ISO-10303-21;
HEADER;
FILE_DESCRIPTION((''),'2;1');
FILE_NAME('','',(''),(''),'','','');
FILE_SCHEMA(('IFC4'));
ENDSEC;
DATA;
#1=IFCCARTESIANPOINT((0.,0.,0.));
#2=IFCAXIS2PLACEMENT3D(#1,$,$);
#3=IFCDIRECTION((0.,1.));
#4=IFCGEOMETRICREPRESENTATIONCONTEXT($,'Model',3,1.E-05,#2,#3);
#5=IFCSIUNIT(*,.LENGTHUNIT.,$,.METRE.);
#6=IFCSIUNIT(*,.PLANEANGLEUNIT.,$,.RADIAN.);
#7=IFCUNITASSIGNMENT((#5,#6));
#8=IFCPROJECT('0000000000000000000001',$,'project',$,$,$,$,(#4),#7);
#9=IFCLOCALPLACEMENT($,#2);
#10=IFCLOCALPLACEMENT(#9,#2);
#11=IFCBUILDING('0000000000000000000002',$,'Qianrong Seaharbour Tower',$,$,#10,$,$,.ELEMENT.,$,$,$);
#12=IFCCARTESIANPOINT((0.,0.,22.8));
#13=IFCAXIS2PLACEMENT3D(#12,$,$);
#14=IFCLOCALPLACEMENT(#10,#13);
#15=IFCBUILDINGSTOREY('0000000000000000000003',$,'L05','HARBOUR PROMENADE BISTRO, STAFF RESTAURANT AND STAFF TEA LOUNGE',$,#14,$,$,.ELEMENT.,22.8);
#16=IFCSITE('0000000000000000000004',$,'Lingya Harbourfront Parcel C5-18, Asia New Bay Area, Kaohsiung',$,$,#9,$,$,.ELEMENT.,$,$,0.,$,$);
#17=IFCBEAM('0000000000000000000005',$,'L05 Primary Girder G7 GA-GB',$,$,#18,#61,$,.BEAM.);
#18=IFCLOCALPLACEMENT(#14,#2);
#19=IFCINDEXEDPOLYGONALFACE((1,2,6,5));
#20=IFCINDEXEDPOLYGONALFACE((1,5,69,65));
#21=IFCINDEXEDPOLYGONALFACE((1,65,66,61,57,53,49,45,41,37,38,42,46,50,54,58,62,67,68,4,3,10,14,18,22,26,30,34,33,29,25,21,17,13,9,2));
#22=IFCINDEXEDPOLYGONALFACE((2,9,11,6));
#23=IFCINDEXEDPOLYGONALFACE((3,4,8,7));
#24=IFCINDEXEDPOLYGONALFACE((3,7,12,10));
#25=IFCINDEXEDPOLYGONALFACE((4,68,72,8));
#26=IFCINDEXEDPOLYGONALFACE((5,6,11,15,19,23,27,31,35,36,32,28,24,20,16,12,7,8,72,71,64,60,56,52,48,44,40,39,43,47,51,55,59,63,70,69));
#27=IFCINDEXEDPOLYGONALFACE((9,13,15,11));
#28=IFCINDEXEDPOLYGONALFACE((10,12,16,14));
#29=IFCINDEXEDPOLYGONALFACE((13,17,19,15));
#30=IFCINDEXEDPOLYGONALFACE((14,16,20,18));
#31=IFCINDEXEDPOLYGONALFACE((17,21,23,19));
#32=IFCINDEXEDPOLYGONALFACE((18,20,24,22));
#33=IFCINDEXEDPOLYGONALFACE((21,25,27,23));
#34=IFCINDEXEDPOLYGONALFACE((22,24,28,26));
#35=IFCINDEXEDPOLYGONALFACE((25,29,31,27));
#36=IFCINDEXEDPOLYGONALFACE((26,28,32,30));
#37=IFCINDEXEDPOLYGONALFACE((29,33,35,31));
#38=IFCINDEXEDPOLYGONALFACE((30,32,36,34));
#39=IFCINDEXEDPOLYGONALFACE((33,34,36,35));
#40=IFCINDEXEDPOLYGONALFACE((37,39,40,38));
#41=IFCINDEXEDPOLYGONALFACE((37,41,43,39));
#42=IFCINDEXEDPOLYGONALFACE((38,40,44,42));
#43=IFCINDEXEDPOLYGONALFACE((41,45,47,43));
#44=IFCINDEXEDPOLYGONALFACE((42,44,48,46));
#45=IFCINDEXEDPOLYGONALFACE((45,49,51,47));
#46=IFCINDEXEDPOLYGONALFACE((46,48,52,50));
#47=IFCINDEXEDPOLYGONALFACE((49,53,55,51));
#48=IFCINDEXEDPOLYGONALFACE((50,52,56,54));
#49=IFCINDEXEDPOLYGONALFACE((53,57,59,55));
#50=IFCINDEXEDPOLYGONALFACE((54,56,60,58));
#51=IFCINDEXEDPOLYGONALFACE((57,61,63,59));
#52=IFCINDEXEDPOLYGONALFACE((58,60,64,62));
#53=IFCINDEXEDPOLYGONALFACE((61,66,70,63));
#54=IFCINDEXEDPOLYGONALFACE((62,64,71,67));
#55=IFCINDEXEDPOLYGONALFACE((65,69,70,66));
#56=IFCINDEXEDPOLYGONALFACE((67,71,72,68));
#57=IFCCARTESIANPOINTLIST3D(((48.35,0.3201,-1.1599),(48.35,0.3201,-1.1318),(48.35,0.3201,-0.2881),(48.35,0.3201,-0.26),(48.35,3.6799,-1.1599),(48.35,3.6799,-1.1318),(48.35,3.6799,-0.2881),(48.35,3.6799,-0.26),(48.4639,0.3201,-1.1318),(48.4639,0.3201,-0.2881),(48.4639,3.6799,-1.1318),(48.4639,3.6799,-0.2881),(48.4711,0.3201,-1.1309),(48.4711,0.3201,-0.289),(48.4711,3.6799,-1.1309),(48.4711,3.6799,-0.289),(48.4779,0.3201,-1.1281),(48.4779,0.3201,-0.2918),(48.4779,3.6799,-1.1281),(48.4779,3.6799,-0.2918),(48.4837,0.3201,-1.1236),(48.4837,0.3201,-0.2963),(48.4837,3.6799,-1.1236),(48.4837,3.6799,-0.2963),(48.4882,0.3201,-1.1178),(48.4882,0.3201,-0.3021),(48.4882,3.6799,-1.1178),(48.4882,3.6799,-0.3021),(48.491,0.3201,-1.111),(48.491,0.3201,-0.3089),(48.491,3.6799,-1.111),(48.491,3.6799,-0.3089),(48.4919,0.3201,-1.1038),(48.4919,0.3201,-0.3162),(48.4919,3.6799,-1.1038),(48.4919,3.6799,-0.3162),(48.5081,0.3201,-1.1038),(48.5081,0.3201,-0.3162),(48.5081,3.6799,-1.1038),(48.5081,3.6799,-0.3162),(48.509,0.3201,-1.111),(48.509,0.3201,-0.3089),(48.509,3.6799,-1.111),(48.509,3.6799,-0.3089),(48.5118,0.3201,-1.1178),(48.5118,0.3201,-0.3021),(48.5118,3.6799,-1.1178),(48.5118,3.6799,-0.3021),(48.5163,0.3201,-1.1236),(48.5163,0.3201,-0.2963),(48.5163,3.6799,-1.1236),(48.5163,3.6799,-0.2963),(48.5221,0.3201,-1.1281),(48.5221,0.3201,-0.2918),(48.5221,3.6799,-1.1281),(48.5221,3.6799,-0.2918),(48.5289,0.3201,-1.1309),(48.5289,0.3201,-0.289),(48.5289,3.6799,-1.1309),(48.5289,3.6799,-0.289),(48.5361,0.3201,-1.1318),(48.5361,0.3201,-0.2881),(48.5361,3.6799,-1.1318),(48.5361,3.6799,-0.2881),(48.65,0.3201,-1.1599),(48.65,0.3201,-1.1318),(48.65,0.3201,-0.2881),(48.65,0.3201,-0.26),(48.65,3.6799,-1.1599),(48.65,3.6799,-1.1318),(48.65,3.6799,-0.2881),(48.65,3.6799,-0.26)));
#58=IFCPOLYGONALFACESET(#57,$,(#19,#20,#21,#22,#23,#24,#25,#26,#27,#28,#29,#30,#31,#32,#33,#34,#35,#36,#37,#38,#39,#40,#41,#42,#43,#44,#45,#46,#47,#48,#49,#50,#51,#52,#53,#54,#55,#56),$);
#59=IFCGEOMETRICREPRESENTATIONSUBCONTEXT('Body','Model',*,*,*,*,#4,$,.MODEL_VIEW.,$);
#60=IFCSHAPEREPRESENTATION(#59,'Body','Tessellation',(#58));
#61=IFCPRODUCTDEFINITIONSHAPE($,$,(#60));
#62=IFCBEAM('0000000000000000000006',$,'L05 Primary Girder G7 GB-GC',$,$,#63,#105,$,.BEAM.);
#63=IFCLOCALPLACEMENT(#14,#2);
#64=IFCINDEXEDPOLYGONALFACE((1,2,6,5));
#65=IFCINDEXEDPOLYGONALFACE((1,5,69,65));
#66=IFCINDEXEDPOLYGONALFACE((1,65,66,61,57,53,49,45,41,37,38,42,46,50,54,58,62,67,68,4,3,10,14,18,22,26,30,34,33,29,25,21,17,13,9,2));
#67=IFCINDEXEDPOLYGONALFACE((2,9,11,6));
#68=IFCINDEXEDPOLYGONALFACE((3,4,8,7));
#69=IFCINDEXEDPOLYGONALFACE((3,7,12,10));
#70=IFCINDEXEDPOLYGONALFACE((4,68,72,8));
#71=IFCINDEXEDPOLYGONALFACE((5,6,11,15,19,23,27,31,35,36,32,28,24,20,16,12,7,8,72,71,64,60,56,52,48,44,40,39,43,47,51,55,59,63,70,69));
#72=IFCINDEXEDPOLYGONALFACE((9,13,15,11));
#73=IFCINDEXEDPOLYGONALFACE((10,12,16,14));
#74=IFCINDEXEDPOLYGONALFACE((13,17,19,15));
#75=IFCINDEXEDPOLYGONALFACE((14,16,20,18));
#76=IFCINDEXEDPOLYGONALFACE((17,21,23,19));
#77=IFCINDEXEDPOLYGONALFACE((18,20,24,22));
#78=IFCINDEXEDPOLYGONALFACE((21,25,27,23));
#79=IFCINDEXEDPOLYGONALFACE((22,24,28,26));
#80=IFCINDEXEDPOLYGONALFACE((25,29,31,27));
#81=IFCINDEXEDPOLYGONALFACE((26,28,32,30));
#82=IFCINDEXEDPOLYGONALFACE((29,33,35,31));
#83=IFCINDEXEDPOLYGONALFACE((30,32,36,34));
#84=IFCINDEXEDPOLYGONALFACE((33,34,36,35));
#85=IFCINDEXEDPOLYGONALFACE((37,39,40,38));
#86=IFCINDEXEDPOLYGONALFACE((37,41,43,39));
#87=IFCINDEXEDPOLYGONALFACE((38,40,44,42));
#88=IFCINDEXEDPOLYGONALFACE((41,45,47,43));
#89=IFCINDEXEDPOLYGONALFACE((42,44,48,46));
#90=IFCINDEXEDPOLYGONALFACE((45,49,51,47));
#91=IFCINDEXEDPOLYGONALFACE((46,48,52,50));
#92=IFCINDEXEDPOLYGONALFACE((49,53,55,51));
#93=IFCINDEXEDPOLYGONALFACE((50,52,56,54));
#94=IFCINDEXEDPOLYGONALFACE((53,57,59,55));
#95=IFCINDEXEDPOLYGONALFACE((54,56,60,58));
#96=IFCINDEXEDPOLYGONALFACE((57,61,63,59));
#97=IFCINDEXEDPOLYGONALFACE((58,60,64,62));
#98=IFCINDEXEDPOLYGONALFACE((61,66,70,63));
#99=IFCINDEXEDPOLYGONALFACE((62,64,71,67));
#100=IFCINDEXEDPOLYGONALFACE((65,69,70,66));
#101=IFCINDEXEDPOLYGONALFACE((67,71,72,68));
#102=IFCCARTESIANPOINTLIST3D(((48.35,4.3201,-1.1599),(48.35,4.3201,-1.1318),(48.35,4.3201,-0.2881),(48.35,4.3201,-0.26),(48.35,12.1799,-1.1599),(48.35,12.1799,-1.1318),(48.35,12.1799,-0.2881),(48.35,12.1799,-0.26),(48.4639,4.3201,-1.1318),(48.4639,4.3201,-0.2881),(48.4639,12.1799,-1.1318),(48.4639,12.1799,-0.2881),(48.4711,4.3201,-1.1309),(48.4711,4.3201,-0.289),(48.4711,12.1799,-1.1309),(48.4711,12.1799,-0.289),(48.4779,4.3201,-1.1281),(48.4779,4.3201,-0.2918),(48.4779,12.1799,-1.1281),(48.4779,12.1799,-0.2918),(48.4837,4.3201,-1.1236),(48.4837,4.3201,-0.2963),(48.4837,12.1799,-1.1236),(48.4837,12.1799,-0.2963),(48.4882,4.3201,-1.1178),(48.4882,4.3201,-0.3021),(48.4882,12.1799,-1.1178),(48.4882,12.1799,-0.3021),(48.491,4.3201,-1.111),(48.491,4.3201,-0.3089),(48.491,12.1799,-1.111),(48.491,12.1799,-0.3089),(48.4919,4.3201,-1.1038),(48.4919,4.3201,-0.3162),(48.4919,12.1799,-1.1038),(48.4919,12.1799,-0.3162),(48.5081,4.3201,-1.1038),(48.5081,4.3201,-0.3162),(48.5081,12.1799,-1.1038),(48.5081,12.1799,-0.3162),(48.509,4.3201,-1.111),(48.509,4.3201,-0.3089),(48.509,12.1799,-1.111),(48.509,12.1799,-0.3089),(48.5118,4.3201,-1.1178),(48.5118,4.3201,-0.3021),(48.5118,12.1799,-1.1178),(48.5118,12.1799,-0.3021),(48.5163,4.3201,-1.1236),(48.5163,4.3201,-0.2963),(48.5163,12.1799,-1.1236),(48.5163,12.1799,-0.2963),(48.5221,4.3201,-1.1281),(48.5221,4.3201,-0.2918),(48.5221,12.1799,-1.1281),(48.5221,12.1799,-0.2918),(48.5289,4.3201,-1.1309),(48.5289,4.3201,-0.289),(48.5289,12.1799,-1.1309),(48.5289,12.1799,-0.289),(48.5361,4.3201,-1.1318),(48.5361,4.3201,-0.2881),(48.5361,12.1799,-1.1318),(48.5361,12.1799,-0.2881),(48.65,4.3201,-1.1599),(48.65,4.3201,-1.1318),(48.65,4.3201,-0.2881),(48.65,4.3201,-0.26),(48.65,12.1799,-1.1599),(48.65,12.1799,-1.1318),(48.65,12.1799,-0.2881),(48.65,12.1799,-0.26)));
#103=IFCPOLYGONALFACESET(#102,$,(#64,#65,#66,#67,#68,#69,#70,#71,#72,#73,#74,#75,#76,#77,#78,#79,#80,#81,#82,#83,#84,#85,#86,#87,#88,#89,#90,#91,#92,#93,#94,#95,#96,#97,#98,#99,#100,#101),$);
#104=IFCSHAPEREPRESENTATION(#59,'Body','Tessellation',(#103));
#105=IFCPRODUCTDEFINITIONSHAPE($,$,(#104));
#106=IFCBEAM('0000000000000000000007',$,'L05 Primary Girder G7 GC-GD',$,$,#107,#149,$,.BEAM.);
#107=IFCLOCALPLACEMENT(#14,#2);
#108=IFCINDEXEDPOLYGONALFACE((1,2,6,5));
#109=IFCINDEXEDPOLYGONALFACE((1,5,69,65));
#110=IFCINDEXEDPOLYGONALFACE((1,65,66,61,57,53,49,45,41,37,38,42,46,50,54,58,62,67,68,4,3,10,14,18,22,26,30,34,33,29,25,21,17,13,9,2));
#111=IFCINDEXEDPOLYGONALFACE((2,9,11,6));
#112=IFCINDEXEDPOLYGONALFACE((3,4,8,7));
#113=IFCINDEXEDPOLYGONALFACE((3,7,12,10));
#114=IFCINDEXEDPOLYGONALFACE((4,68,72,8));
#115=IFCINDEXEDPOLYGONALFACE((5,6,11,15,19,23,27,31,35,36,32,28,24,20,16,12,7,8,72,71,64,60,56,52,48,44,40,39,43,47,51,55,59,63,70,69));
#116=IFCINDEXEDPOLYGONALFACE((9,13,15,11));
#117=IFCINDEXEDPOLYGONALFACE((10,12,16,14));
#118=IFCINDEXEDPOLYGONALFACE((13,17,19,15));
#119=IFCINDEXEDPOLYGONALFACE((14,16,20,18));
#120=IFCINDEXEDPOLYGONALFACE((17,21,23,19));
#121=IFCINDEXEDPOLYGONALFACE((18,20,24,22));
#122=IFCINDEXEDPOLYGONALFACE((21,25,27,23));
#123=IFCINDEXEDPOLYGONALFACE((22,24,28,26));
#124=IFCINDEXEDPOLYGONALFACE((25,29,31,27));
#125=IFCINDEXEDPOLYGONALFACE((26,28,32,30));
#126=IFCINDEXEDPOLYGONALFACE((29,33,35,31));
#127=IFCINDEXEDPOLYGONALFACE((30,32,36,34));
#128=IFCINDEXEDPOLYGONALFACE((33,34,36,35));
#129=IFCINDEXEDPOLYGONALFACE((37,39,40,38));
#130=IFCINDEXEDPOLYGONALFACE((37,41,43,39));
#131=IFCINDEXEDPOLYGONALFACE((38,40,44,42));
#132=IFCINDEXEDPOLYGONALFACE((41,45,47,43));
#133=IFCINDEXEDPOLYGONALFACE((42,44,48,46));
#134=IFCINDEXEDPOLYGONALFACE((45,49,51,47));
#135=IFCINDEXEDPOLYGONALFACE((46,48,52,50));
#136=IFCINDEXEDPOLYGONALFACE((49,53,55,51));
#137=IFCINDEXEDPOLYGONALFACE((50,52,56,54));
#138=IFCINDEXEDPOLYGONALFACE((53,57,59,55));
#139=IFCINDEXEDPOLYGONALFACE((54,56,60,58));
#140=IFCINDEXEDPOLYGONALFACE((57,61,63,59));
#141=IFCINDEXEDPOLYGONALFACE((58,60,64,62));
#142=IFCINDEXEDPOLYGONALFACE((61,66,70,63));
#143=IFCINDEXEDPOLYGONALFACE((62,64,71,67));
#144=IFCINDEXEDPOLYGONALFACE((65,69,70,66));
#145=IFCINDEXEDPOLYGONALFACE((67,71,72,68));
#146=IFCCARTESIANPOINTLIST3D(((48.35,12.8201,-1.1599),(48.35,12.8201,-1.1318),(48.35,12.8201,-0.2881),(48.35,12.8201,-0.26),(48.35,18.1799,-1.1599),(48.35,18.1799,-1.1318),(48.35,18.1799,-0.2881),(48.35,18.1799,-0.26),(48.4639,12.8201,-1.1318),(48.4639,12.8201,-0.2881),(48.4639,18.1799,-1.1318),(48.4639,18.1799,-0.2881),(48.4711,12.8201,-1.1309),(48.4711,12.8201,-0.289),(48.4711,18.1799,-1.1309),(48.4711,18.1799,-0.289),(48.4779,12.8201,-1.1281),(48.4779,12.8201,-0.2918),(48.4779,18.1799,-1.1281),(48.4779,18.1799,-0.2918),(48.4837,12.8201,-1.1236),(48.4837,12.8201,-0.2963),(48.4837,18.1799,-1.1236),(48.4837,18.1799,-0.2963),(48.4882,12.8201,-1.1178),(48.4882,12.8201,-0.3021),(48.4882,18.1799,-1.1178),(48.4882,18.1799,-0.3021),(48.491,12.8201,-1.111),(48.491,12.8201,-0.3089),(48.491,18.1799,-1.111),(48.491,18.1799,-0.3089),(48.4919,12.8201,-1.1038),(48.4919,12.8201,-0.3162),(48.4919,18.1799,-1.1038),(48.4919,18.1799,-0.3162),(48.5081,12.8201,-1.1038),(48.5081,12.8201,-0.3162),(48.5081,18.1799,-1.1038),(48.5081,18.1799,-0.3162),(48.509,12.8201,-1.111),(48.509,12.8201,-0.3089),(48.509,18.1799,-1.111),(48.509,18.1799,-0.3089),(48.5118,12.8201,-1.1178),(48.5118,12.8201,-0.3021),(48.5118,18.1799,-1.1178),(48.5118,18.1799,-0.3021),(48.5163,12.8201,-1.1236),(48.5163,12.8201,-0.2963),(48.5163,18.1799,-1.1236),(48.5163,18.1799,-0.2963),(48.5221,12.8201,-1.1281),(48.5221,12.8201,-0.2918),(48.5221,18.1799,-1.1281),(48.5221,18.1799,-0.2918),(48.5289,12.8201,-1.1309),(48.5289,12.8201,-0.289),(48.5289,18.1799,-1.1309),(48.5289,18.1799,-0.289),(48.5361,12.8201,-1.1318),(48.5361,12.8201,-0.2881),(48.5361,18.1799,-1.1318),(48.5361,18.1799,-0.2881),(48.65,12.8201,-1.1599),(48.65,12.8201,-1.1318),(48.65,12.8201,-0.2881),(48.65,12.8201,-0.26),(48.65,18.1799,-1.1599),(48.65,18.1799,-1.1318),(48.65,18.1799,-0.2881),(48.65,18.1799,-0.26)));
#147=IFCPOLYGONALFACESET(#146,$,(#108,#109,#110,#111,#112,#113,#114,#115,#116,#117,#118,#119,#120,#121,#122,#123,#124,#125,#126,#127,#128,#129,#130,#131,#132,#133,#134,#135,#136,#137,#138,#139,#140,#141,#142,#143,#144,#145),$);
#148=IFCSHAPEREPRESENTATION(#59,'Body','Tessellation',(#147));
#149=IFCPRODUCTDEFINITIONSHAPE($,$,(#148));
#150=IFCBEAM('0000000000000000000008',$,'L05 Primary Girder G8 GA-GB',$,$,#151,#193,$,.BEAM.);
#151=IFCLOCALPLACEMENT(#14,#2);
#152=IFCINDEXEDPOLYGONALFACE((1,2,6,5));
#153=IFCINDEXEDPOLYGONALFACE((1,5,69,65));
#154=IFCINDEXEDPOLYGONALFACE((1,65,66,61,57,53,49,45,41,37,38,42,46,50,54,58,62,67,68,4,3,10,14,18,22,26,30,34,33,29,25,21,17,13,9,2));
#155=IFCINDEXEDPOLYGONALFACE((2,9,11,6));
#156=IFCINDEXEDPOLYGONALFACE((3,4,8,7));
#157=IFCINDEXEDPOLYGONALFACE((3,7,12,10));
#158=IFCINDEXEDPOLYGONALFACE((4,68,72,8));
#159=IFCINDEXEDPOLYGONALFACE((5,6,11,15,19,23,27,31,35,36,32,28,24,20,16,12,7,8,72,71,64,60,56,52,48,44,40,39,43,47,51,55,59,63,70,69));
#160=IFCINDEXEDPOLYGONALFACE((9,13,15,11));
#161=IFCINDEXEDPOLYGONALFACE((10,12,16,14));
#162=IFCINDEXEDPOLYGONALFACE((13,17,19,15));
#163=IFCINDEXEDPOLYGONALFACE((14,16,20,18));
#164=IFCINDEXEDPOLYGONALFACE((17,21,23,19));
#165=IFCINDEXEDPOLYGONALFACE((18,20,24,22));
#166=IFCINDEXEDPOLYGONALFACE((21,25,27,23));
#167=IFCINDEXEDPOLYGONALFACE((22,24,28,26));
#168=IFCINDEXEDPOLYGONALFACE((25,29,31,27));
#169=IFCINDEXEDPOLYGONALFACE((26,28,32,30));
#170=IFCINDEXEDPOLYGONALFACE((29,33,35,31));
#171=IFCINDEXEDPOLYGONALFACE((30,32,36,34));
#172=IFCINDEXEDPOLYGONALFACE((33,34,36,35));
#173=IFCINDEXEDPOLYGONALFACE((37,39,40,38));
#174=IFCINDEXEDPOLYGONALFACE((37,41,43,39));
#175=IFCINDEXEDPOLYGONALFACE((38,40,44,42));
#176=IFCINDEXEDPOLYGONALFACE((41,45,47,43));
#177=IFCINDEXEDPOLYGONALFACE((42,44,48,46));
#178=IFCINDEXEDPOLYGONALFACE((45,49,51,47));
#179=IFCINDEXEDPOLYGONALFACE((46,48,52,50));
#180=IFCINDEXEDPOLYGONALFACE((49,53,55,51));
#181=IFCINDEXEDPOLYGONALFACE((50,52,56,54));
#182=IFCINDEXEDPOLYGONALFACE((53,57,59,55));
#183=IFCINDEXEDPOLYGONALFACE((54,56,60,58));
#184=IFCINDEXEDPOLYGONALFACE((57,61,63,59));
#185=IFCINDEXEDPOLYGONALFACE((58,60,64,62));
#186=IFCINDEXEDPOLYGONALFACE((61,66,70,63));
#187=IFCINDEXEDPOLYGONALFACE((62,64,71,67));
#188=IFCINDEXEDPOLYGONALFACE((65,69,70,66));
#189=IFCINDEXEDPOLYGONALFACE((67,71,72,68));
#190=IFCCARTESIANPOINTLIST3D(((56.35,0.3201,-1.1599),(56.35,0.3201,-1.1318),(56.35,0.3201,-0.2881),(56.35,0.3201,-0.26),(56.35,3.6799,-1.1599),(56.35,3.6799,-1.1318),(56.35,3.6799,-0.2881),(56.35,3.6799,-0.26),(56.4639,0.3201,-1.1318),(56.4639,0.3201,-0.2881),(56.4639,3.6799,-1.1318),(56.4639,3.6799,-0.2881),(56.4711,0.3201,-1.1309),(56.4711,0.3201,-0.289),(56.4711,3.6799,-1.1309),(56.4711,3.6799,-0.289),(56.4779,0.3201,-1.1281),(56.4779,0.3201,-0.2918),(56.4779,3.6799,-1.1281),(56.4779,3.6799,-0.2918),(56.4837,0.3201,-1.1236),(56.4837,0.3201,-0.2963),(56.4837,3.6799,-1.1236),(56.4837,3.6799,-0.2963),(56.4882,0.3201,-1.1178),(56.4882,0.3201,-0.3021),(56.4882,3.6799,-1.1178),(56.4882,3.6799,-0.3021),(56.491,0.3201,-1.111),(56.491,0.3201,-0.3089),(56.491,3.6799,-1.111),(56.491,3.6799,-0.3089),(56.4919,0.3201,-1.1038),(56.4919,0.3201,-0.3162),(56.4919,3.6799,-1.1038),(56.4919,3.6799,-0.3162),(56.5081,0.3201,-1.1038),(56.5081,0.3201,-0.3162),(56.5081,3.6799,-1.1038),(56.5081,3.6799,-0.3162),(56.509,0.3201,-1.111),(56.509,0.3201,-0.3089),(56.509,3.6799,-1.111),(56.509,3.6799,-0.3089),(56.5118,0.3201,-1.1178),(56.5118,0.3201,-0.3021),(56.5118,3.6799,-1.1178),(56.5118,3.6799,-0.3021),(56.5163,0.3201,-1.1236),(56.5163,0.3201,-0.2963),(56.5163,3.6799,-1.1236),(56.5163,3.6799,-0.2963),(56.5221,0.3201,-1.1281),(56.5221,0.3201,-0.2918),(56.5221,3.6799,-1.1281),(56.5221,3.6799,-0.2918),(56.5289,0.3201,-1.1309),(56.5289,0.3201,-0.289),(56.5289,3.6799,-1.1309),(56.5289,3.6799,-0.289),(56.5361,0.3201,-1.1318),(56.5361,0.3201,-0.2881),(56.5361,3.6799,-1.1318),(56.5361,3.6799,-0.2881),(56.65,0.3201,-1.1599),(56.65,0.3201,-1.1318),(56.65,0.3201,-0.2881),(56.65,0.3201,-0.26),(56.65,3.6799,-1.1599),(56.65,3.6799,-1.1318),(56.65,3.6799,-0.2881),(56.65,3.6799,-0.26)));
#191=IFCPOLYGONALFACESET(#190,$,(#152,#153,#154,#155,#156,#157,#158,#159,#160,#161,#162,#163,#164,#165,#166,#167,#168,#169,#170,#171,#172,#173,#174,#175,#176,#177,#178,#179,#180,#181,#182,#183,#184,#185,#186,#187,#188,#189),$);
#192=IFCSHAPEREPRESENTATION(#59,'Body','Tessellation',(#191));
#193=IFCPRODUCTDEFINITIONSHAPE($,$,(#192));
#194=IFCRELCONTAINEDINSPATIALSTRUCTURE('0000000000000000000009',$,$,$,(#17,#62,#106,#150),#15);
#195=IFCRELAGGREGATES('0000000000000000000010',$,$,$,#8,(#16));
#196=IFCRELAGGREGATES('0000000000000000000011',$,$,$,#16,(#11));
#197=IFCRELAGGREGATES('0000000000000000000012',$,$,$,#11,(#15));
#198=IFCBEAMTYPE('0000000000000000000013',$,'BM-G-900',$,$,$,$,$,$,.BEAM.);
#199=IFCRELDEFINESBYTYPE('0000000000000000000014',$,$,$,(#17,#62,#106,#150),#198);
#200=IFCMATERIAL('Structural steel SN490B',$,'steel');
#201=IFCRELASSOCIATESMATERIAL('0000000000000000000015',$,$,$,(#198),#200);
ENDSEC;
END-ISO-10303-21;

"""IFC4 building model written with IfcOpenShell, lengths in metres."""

from ifc_helpers import new_model, si_unit, direction, frame, origin, origin_2d, place, context, subcontext, project, spatial, i_section, extrude, material, material_profile, profile_set, type_object, element, save


model = new_model("IFC4")

# Units and contexts
model_context = context("Model", 3, precision=1e-05, world=origin(), true_north=direction((0.0, 1.0)))
body_context = subcontext(model_context, "Body", "Model", "MODEL_VIEW")
ifc_project = project(units=[si_unit("LENGTHUNIT", "METRE"), si_unit("PLANEANGLEUNIT", "RADIAN")], contexts=[model_context])

# Site, building, storey
site_placement = place(None, origin())
site = spatial("IfcSite", under=ifc_project, at=site_placement, Name="Lingya Harbourfront Parcel C5-18, Asia New Bay Area, Kaohsiung", CompositionType="ELEMENT", RefElevation=0.0)
building_placement = place(site_placement, origin())
building = spatial("IfcBuilding", under=site, at=building_placement, Name="Qianrong Seaharbour Tower", CompositionType="ELEMENT")
storey_placement = place(building_placement, frame((0.0, 0.0, 22.8)))
storey = spatial("IfcBuildingStorey", under=building, at=storey_placement, Name="L05", Description="HARBOUR PROMENADE BISTRO, STAFF RESTAURANT AND STAFF TEA LOUNGE", CompositionType="ELEMENT", Elevation=22.8)

# Beams
ifc_material_1 = material(Name="Structural steel SN490B", Category="steel")
ifc_material_profile_1 = material_profile(ifc_material_1, i_section(OverallWidth=0.3, OverallDepth=0.8999, WebThickness=0.0161, FlangeThickness=0.0281, FilletRadius=0.0281, at=origin_2d()), Name="H900x300x16x28")
ifc_profile_set_1 = profile_set([ifc_material_profile_1], Name="Structural steel SN490B")
beam_type_1 = type_object("IfcBeamType", Name="BM-G-900", PredefinedType="BEAM", material=ifc_profile_set_1)
beam_1_placement = place(storey_placement, frame((48.5, 0.3201, -0.71), z_axis=(0.0, 1.0, 0.0), x_axis=(-1.0, 0.0, 0.0)))
element("IfcBeam", 1, at=beam_1_placement, inside=storey, type_object=beam_type_1, Name="L05 Primary Girder G7 GA-GB", PredefinedType="BEAM", context=body_context, shape_type="SweptSolid", body=[
    extrude(i_section(OverallWidth=0.3, OverallDepth=0.8999, WebThickness=0.0161, FlangeThickness=0.0281, FilletRadius=0.0281, at=origin_2d()), origin(), (0.0, 0.0, 1.0), 3.3599),
])
beam_2_placement = place(storey_placement, frame((48.5, 4.3201, -0.71), z_axis=(0.0, 1.0, 0.0), x_axis=(-1.0, 0.0, 0.0)))
element("IfcBeam", 2, at=beam_2_placement, inside=storey, type_object=beam_type_1, Name="L05 Primary Girder G7 GB-GC", PredefinedType="BEAM", context=body_context, shape_type="SweptSolid", body=[
    extrude(i_section(OverallWidth=0.3, OverallDepth=0.8999, WebThickness=0.0161, FlangeThickness=0.0281, FilletRadius=0.0281, at=origin_2d()), origin(), (0.0, 0.0, 1.0), 7.8599),
])
beam_3_placement = place(storey_placement, frame((48.5, 12.8201, -0.71), z_axis=(0.0, 1.0, 0.0), x_axis=(-1.0, 0.0, 0.0)))
element("IfcBeam", 3, at=beam_3_placement, inside=storey, type_object=beam_type_1, Name="L05 Primary Girder G7 GC-GD", PredefinedType="BEAM", context=body_context, shape_type="SweptSolid", body=[
    extrude(i_section(OverallWidth=0.3, OverallDepth=0.8999, WebThickness=0.0161, FlangeThickness=0.0281, FilletRadius=0.0281, at=origin_2d()), origin(), (0.0, 0.0, 1.0), 5.3599),
])
beam_4_placement = place(storey_placement, frame((56.5, 0.3201, -0.71), z_axis=(0.0, 1.0, 0.0), x_axis=(-1.0, 0.0, 0.0)))
element("IfcBeam", 4, at=beam_4_placement, inside=storey, type_object=beam_type_1, Name="L05 Primary Girder G8 GA-GB", PredefinedType="BEAM", context=body_context, shape_type="SweptSolid", body=[
    extrude(i_section(OverallWidth=0.3, OverallDepth=0.8999, WebThickness=0.0161, FlangeThickness=0.0281, FilletRadius=0.0281, at=origin_2d()), origin(), (0.0, 0.0, 1.0), 3.3599),
])

save(model, "model.ifc")
